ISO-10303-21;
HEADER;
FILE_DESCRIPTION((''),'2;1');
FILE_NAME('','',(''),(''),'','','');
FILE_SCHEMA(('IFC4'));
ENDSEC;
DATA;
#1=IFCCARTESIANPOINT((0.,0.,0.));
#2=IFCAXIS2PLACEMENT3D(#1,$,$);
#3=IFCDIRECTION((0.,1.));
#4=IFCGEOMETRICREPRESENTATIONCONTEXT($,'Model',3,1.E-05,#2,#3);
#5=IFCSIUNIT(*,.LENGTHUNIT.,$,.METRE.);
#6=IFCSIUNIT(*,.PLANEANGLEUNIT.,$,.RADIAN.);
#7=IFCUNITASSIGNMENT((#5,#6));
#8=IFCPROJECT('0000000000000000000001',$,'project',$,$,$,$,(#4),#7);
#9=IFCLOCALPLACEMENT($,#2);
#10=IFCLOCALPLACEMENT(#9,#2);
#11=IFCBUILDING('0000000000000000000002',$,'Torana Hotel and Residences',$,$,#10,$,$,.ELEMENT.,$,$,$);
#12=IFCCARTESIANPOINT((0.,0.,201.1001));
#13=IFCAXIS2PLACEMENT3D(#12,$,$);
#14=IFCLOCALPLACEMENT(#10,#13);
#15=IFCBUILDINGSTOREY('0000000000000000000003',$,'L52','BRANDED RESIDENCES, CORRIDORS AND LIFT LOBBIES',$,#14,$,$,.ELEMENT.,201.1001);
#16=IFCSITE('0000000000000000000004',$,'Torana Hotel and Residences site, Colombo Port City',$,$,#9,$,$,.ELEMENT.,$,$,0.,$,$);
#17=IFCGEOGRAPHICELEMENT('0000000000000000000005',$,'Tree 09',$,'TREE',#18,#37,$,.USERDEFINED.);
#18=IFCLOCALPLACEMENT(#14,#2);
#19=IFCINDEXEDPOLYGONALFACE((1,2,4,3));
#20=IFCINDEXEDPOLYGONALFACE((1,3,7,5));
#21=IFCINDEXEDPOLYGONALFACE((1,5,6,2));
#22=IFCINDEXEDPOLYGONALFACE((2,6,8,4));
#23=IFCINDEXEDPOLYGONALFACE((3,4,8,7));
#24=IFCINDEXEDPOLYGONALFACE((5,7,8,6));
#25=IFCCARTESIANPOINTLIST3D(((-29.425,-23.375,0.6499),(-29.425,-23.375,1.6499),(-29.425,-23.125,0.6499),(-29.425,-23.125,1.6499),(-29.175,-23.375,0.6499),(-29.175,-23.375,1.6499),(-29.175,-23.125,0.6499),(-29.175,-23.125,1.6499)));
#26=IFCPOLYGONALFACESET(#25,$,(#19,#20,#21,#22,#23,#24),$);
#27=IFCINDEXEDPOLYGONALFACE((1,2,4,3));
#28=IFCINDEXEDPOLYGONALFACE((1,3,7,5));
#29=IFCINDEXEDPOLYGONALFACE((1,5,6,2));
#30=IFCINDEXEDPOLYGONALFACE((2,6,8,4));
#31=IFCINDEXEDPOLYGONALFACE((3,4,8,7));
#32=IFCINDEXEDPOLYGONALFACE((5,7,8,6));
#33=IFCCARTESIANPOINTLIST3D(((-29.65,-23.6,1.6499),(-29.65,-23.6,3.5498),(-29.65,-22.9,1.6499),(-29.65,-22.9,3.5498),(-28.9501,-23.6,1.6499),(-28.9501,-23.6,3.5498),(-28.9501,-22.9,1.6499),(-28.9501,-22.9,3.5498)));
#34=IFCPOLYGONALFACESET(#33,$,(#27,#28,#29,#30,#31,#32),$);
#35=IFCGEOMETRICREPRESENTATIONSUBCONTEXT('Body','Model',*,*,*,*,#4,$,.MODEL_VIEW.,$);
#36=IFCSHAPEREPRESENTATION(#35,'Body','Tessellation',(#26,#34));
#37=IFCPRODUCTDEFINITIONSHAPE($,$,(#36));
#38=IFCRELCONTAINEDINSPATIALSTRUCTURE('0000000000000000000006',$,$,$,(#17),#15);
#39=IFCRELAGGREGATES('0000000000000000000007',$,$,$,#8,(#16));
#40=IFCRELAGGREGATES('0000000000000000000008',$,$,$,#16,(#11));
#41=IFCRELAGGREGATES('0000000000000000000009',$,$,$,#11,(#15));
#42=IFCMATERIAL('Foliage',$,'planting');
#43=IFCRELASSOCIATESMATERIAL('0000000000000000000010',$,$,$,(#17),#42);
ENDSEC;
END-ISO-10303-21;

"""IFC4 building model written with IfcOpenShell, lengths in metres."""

from ifc_helpers import new_model, si_unit, direction, frame, origin, origin_2d, place, context, subcontext, project, spatial, rectangle, extrude, material, element, save


model = new_model("IFC4")

# Units and contexts
model_context = context("Model", 3, precision=1e-05, world=origin(), true_north=direction((0.0, 1.0)))
body_context = subcontext(model_context, "Body", "Model", "MODEL_VIEW")
ifc_project = project(units=[si_unit("LENGTHUNIT", "METRE"), si_unit("PLANEANGLEUNIT", "RADIAN")], contexts=[model_context])

# Site, building, storey
site_placement = place(None, origin())
site = spatial("IfcSite", under=ifc_project, at=site_placement, Name="Torana Hotel and Residences site, Colombo Port City", CompositionType="ELEMENT", RefElevation=0.0)
building_placement = place(site_placement, origin())
building = spatial("IfcBuilding", under=site, at=building_placement, Name="Torana Hotel and Residences", CompositionType="ELEMENT")
storey_placement = place(building_placement, frame((0.0, 0.0, 201.1001)))
storey = spatial("IfcBuildingStorey", under=building, at=storey_placement, Name="L52", Description="BRANDED RESIDENCES, CORRIDORS AND LIFT LOBBIES", CompositionType="ELEMENT", Elevation=201.1001)

# Geographic element
ifc_material_1 = material(Name="Foliage", Category="planting")
geographic_element_placement = place(storey_placement, frame((-29.3, -23.25, 0.6499), z_axis=(0.0, 0.0, 1.0), x_axis=(1.0, 0.0, 0.0)))
element("IfcGeographicElement", 1, at=geographic_element_placement, inside=storey, material=ifc_material_1, Name="Tree 09", ObjectType="TREE", PredefinedType="USERDEFINED", context=body_context, shape_type="SweptSolid", body=[
    extrude(rectangle(XDim=0.25, YDim=0.25, at=origin_2d()), origin(), (0.0, 0.0, 1.0), 1.0),
    extrude(rectangle(XDim=0.7, YDim=0.7, at=origin_2d()), frame((0.0, 0.0, 1.0)), (0.0, 0.0, 1.0), 1.8999),
])

save(model, "model.ifc")
